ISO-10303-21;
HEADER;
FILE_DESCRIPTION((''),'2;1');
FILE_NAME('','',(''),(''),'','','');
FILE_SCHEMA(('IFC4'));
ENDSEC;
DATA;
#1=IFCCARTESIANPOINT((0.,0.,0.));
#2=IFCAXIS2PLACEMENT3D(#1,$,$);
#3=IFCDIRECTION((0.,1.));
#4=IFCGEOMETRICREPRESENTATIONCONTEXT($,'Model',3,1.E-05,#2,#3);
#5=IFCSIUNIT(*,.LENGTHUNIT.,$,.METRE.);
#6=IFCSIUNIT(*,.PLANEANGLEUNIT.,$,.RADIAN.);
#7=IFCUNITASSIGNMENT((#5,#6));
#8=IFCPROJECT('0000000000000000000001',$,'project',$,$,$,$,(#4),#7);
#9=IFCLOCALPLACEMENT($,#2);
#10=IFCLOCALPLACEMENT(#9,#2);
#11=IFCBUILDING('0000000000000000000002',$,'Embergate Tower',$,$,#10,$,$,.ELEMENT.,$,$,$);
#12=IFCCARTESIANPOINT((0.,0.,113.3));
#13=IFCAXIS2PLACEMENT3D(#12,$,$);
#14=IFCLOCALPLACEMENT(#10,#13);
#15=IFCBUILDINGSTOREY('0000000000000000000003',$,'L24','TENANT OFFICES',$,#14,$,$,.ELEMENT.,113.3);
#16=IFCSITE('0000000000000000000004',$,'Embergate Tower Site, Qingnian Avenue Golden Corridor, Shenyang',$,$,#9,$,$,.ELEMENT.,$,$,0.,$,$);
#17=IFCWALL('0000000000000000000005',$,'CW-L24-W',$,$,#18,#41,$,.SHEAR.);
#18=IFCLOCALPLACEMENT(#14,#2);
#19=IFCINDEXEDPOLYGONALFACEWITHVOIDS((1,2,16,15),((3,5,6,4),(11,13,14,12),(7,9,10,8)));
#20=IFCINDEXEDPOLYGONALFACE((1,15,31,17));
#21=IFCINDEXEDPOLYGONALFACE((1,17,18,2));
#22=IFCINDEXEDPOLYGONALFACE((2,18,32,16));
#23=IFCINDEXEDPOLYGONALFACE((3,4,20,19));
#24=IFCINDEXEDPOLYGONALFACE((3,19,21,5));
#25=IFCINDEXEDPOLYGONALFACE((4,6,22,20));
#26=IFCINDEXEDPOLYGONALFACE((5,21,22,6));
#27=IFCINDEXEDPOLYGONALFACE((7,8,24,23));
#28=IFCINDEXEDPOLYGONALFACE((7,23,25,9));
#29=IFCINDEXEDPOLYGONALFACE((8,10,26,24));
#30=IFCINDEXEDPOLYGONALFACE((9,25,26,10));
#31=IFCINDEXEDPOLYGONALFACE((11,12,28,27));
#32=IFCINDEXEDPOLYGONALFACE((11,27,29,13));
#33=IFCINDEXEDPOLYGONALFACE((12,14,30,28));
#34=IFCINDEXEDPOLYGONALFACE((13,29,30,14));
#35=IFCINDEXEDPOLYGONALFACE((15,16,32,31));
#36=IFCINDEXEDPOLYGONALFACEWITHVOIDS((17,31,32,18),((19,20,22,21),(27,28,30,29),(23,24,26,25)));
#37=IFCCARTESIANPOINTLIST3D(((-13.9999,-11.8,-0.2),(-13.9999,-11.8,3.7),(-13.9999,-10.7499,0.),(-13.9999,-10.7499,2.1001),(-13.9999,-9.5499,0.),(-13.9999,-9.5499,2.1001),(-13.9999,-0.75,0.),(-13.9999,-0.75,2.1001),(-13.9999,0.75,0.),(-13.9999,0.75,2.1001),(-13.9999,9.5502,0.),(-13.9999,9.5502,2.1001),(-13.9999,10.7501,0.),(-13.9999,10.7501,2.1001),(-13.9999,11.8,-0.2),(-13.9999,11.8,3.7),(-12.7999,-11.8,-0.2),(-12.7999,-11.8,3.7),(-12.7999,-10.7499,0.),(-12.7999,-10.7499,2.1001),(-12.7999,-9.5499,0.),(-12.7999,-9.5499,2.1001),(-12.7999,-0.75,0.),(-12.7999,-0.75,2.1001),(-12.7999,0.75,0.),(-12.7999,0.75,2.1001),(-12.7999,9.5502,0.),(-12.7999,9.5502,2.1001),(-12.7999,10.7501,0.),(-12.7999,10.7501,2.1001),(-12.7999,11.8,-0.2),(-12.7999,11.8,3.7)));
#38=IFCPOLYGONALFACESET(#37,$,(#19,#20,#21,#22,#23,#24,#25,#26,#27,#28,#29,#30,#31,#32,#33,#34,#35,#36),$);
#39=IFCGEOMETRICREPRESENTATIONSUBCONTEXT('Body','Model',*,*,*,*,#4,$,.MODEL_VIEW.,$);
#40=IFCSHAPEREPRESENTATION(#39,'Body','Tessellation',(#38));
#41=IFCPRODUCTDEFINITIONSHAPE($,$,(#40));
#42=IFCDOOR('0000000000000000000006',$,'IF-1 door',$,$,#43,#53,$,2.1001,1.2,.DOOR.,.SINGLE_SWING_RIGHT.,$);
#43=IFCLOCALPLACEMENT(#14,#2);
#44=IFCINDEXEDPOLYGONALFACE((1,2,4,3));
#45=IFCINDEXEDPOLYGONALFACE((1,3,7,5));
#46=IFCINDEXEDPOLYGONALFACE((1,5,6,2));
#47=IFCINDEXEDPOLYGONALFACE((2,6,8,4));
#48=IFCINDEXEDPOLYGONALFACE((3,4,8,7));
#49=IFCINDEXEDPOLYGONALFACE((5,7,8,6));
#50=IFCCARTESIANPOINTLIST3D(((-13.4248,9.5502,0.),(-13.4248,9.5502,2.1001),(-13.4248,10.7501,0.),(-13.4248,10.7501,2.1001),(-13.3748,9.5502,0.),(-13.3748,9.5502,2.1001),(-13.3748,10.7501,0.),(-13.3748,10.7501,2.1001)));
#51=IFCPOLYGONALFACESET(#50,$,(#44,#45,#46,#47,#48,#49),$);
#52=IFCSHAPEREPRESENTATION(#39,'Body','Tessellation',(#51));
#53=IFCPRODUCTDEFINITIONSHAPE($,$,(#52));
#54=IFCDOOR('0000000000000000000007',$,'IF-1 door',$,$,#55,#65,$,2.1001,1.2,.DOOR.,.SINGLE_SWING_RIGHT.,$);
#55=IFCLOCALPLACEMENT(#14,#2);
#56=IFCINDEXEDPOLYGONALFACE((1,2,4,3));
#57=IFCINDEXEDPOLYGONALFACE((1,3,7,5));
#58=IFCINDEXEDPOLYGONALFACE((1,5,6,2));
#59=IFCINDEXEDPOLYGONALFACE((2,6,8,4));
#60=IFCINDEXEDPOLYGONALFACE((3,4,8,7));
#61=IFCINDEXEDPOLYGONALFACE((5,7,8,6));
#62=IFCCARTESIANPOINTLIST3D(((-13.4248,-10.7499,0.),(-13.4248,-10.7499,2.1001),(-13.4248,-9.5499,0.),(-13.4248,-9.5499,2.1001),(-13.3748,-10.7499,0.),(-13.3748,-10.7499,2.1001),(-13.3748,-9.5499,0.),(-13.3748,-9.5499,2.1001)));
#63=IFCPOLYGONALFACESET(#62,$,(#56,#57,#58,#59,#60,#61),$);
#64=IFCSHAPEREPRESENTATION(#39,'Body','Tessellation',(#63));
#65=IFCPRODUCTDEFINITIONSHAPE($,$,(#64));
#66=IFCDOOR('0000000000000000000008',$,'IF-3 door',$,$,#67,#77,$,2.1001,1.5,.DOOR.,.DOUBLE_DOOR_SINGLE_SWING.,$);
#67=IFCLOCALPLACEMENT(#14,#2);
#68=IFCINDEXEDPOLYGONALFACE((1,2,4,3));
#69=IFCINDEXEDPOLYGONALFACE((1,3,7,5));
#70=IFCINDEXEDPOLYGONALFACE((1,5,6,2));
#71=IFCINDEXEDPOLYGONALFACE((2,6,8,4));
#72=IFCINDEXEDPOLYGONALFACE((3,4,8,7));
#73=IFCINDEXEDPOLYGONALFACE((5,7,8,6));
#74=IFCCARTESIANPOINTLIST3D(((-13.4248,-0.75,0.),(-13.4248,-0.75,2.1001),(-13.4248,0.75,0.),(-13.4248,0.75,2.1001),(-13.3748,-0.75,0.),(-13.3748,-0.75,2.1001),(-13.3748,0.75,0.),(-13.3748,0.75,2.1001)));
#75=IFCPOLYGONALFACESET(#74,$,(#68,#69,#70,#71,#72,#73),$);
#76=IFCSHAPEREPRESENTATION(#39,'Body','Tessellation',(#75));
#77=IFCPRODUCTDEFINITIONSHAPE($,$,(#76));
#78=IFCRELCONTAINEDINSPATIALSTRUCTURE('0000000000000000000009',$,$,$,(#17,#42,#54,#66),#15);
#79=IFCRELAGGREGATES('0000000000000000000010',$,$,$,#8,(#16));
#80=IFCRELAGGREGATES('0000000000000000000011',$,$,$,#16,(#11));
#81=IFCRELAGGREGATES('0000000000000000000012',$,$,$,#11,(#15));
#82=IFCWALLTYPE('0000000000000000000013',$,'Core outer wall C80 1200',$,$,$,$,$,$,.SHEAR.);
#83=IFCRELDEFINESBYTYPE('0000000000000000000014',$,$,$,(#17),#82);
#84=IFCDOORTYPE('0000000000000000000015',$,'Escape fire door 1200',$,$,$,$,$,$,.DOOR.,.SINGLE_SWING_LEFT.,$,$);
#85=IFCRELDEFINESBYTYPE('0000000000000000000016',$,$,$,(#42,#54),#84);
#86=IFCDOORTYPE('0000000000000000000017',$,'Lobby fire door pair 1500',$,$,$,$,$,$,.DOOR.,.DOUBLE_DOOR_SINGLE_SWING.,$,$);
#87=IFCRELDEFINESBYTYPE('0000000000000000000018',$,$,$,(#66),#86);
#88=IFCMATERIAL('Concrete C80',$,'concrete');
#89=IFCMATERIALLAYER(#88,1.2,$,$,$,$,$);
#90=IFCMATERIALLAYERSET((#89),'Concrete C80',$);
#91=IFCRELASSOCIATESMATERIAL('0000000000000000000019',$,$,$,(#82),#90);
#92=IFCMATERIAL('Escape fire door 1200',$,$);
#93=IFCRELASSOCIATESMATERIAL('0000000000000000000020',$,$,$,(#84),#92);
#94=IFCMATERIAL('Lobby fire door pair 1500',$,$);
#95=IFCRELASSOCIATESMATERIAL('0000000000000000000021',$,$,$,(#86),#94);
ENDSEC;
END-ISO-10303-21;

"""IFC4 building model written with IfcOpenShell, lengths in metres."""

from ifc_helpers import new_model, si_unit, direction, frame, frame_2d, origin, place, context, subcontext, project, spatial, rectangle, extrude, source, transform, mapped, material, layer, layer_set, type_object, element, fill, save


model = new_model("IFC4")

# Units and contexts
model_context = context("Model", 3, precision=1e-05, world=origin(), true_north=direction((0.0, 1.0)))
body_context = subcontext(model_context, "Body", "Model", "MODEL_VIEW")
ifc_project = project(units=[si_unit("LENGTHUNIT", "METRE"), si_unit("PLANEANGLEUNIT", "RADIAN")], contexts=[model_context])

# Site, building, storey
site_placement = place(None, origin())
site = spatial("IfcSite", under=ifc_project, at=site_placement, Name="Embergate Tower Site, Qingnian Avenue Golden Corridor, Shenyang", CompositionType="ELEMENT", RefElevation=0.0)
building_placement = place(site_placement, origin())
building = spatial("IfcBuilding", under=site, at=building_placement, Name="Embergate Tower", CompositionType="ELEMENT")
storey_placement = place(building_placement, frame((0.0, 0.0, 113.3)))
storey = spatial("IfcBuildingStorey", under=building, at=storey_placement, Name="L24", Description="TENANT OFFICES", CompositionType="ELEMENT", Elevation=113.3)

# Shared definitions
ifc_material_1 = material(Name="Concrete C80", Category="concrete")
ifc_layer_1 = layer(ifc_material_1, 1.2)
ifc_layer_set_1 = layer_set([ifc_layer_1], Name="Concrete C80")
wall_type_1 = type_object("IfcWallType", Name="Core outer wall C80 1200", PredefinedType="SHEAR", material=ifc_layer_set_1)

# Wall, openings, doors
shared_shape_1 = source(origin(), body_context, "Body", "SweptSolid", [
    extrude(rectangle(XDim=23.6001, YDim=1.2, at=frame_2d((11.8, 0.0))), origin(), (0.0, 0.0, 1.0), 3.8999),
])
wall_1_placement = place(storey_placement, frame((-13.3999, -11.8, -0.2), z_axis=(0.0, 0.0, 1.0), x_axis=(0.0, 1.0, 0.0)))
wall_1 = element("IfcWall", 1, at=wall_1_placement, inside=storey, type_object=wall_type_1, Name="CW-L24-W", PredefinedType="SHEAR", context=body_context, shape_type="MappedRepresentation", body=[
    mapped(shared_shape_1, transform((0.0, 0.0, 0.0))),
])
shared_shape_2 = source(origin(), body_context, "Body", "SweptSolid", [
    extrude(rectangle(XDim=1.2, YDim=2.1001, at=frame_2d((0.6001, 1.05))), frame((0.0, 0.6099, 0.0), z_axis=(0.0, -1.0, 0.0), x_axis=(1.0, 0.0, 0.0)), (0.0, 0.0, 1.0), 1.22),
])
opening_1_placement = place(wall_1_placement, frame((21.3501, 0.0, 0.2)))
opening_1 = element("IfcOpeningElement", 2, at=opening_1_placement, cuts=wall_1, PredefinedType="OPENING", context=body_context, shape_type="MappedRepresentation", body=[
    mapped(shared_shape_2, transform((0.0, 0.0, 0.0))),
])
opening_2_placement = place(wall_1_placement, frame((1.05, 0.0, 0.2)))
opening_2 = element("IfcOpeningElement", 3, at=opening_2_placement, cuts=wall_1, PredefinedType="OPENING", context=body_context, shape_type="MappedRepresentation", body=[
    mapped(shared_shape_2, transform((0.0, 0.0, 0.0))),
])
shared_shape_3 = source(origin(), body_context, "Body", "SweptSolid", [
    extrude(rectangle(XDim=1.5, YDim=2.1001, at=frame_2d((0.75, 1.05))), frame((0.0, 0.6099, 0.0), z_axis=(0.0, -1.0, 0.0), x_axis=(1.0, 0.0, 0.0)), (0.0, 0.0, 1.0), 1.22),
])
opening_3_placement = place(wall_1_placement, frame((11.05, 0.0, 0.2)))
opening_3 = element("IfcOpeningElement", 4, at=opening_3_placement, cuts=wall_1, PredefinedType="OPENING", context=body_context, shape_type="MappedRepresentation", body=[
    mapped(shared_shape_3, transform((0.0, 0.0, 0.0))),
])
ifc_material_2 = material(Name="Escape fire door 1200")
door_type_1 = type_object("IfcDoorType", Name="Escape fire door 1200", OperationType="SINGLE_SWING_LEFT", PredefinedType="DOOR", material=ifc_material_2)
shared_shape_4 = source(origin(), body_context, "Body", "SweptSolid", [
    extrude(rectangle(XDim=1.2, YDim=2.1001, at=frame_2d((0.6001, 1.05))), frame((0.0, 0.0249, 0.0), z_axis=(0.0, -1.0, 0.0), x_axis=(1.0, 0.0, 0.0)), (0.0, 0.0, 1.0), 0.05),
])
door_1_placement = place(opening_1_placement, origin())
door_1 = element("IfcDoor", 5, at=door_1_placement, inside=storey, type_object=door_type_1, Name="IF-1 door", OperationType="SINGLE_SWING_RIGHT", OverallHeight=2.1001, OverallWidth=1.2, PredefinedType="DOOR", context=body_context, shape_type="MappedRepresentation", body=[
    mapped(shared_shape_4, transform((0.0, 0.0, 0.0))),
])
fill(opening_1, door_1)
door_2_placement = place(opening_2_placement, origin())
door_2 = element("IfcDoor", 6, at=door_2_placement, inside=storey, type_object=door_type_1, Name="IF-1 door", OperationType="SINGLE_SWING_RIGHT", OverallHeight=2.1001, OverallWidth=1.2, PredefinedType="DOOR", context=body_context, shape_type="MappedRepresentation", body=[
    mapped(shared_shape_4, transform((0.0, 0.0, 0.0))),
])
fill(opening_2, door_2)
ifc_material_3 = material(Name="Lobby fire door pair 1500")
door_type_2 = type_object("IfcDoorType", Name="Lobby fire door pair 1500", OperationType="DOUBLE_DOOR_SINGLE_SWING", PredefinedType="DOOR", material=ifc_material_3)
shared_shape_5 = source(origin(), body_context, "Body", "SweptSolid", [
    extrude(rectangle(XDim=1.5, YDim=2.1001, at=frame_2d((0.75, 1.05))), frame((0.0, 0.0249, 0.0), z_axis=(0.0, -1.0, 0.0), x_axis=(1.0, 0.0, 0.0)), (0.0, 0.0, 1.0), 0.05),
])
door_3_placement = place(opening_3_placement, origin())
door_3 = element("IfcDoor", 7, at=door_3_placement, inside=storey, type_object=door_type_2, Name="IF-3 door", OperationType="DOUBLE_DOOR_SINGLE_SWING", OverallHeight=2.1001, OverallWidth=1.5, PredefinedType="DOOR", context=body_context, shape_type="MappedRepresentation", body=[
    mapped(shared_shape_5, transform((0.0, 0.0, 0.0))),
])
fill(opening_3, door_3)

save(model, "model.ifc")
